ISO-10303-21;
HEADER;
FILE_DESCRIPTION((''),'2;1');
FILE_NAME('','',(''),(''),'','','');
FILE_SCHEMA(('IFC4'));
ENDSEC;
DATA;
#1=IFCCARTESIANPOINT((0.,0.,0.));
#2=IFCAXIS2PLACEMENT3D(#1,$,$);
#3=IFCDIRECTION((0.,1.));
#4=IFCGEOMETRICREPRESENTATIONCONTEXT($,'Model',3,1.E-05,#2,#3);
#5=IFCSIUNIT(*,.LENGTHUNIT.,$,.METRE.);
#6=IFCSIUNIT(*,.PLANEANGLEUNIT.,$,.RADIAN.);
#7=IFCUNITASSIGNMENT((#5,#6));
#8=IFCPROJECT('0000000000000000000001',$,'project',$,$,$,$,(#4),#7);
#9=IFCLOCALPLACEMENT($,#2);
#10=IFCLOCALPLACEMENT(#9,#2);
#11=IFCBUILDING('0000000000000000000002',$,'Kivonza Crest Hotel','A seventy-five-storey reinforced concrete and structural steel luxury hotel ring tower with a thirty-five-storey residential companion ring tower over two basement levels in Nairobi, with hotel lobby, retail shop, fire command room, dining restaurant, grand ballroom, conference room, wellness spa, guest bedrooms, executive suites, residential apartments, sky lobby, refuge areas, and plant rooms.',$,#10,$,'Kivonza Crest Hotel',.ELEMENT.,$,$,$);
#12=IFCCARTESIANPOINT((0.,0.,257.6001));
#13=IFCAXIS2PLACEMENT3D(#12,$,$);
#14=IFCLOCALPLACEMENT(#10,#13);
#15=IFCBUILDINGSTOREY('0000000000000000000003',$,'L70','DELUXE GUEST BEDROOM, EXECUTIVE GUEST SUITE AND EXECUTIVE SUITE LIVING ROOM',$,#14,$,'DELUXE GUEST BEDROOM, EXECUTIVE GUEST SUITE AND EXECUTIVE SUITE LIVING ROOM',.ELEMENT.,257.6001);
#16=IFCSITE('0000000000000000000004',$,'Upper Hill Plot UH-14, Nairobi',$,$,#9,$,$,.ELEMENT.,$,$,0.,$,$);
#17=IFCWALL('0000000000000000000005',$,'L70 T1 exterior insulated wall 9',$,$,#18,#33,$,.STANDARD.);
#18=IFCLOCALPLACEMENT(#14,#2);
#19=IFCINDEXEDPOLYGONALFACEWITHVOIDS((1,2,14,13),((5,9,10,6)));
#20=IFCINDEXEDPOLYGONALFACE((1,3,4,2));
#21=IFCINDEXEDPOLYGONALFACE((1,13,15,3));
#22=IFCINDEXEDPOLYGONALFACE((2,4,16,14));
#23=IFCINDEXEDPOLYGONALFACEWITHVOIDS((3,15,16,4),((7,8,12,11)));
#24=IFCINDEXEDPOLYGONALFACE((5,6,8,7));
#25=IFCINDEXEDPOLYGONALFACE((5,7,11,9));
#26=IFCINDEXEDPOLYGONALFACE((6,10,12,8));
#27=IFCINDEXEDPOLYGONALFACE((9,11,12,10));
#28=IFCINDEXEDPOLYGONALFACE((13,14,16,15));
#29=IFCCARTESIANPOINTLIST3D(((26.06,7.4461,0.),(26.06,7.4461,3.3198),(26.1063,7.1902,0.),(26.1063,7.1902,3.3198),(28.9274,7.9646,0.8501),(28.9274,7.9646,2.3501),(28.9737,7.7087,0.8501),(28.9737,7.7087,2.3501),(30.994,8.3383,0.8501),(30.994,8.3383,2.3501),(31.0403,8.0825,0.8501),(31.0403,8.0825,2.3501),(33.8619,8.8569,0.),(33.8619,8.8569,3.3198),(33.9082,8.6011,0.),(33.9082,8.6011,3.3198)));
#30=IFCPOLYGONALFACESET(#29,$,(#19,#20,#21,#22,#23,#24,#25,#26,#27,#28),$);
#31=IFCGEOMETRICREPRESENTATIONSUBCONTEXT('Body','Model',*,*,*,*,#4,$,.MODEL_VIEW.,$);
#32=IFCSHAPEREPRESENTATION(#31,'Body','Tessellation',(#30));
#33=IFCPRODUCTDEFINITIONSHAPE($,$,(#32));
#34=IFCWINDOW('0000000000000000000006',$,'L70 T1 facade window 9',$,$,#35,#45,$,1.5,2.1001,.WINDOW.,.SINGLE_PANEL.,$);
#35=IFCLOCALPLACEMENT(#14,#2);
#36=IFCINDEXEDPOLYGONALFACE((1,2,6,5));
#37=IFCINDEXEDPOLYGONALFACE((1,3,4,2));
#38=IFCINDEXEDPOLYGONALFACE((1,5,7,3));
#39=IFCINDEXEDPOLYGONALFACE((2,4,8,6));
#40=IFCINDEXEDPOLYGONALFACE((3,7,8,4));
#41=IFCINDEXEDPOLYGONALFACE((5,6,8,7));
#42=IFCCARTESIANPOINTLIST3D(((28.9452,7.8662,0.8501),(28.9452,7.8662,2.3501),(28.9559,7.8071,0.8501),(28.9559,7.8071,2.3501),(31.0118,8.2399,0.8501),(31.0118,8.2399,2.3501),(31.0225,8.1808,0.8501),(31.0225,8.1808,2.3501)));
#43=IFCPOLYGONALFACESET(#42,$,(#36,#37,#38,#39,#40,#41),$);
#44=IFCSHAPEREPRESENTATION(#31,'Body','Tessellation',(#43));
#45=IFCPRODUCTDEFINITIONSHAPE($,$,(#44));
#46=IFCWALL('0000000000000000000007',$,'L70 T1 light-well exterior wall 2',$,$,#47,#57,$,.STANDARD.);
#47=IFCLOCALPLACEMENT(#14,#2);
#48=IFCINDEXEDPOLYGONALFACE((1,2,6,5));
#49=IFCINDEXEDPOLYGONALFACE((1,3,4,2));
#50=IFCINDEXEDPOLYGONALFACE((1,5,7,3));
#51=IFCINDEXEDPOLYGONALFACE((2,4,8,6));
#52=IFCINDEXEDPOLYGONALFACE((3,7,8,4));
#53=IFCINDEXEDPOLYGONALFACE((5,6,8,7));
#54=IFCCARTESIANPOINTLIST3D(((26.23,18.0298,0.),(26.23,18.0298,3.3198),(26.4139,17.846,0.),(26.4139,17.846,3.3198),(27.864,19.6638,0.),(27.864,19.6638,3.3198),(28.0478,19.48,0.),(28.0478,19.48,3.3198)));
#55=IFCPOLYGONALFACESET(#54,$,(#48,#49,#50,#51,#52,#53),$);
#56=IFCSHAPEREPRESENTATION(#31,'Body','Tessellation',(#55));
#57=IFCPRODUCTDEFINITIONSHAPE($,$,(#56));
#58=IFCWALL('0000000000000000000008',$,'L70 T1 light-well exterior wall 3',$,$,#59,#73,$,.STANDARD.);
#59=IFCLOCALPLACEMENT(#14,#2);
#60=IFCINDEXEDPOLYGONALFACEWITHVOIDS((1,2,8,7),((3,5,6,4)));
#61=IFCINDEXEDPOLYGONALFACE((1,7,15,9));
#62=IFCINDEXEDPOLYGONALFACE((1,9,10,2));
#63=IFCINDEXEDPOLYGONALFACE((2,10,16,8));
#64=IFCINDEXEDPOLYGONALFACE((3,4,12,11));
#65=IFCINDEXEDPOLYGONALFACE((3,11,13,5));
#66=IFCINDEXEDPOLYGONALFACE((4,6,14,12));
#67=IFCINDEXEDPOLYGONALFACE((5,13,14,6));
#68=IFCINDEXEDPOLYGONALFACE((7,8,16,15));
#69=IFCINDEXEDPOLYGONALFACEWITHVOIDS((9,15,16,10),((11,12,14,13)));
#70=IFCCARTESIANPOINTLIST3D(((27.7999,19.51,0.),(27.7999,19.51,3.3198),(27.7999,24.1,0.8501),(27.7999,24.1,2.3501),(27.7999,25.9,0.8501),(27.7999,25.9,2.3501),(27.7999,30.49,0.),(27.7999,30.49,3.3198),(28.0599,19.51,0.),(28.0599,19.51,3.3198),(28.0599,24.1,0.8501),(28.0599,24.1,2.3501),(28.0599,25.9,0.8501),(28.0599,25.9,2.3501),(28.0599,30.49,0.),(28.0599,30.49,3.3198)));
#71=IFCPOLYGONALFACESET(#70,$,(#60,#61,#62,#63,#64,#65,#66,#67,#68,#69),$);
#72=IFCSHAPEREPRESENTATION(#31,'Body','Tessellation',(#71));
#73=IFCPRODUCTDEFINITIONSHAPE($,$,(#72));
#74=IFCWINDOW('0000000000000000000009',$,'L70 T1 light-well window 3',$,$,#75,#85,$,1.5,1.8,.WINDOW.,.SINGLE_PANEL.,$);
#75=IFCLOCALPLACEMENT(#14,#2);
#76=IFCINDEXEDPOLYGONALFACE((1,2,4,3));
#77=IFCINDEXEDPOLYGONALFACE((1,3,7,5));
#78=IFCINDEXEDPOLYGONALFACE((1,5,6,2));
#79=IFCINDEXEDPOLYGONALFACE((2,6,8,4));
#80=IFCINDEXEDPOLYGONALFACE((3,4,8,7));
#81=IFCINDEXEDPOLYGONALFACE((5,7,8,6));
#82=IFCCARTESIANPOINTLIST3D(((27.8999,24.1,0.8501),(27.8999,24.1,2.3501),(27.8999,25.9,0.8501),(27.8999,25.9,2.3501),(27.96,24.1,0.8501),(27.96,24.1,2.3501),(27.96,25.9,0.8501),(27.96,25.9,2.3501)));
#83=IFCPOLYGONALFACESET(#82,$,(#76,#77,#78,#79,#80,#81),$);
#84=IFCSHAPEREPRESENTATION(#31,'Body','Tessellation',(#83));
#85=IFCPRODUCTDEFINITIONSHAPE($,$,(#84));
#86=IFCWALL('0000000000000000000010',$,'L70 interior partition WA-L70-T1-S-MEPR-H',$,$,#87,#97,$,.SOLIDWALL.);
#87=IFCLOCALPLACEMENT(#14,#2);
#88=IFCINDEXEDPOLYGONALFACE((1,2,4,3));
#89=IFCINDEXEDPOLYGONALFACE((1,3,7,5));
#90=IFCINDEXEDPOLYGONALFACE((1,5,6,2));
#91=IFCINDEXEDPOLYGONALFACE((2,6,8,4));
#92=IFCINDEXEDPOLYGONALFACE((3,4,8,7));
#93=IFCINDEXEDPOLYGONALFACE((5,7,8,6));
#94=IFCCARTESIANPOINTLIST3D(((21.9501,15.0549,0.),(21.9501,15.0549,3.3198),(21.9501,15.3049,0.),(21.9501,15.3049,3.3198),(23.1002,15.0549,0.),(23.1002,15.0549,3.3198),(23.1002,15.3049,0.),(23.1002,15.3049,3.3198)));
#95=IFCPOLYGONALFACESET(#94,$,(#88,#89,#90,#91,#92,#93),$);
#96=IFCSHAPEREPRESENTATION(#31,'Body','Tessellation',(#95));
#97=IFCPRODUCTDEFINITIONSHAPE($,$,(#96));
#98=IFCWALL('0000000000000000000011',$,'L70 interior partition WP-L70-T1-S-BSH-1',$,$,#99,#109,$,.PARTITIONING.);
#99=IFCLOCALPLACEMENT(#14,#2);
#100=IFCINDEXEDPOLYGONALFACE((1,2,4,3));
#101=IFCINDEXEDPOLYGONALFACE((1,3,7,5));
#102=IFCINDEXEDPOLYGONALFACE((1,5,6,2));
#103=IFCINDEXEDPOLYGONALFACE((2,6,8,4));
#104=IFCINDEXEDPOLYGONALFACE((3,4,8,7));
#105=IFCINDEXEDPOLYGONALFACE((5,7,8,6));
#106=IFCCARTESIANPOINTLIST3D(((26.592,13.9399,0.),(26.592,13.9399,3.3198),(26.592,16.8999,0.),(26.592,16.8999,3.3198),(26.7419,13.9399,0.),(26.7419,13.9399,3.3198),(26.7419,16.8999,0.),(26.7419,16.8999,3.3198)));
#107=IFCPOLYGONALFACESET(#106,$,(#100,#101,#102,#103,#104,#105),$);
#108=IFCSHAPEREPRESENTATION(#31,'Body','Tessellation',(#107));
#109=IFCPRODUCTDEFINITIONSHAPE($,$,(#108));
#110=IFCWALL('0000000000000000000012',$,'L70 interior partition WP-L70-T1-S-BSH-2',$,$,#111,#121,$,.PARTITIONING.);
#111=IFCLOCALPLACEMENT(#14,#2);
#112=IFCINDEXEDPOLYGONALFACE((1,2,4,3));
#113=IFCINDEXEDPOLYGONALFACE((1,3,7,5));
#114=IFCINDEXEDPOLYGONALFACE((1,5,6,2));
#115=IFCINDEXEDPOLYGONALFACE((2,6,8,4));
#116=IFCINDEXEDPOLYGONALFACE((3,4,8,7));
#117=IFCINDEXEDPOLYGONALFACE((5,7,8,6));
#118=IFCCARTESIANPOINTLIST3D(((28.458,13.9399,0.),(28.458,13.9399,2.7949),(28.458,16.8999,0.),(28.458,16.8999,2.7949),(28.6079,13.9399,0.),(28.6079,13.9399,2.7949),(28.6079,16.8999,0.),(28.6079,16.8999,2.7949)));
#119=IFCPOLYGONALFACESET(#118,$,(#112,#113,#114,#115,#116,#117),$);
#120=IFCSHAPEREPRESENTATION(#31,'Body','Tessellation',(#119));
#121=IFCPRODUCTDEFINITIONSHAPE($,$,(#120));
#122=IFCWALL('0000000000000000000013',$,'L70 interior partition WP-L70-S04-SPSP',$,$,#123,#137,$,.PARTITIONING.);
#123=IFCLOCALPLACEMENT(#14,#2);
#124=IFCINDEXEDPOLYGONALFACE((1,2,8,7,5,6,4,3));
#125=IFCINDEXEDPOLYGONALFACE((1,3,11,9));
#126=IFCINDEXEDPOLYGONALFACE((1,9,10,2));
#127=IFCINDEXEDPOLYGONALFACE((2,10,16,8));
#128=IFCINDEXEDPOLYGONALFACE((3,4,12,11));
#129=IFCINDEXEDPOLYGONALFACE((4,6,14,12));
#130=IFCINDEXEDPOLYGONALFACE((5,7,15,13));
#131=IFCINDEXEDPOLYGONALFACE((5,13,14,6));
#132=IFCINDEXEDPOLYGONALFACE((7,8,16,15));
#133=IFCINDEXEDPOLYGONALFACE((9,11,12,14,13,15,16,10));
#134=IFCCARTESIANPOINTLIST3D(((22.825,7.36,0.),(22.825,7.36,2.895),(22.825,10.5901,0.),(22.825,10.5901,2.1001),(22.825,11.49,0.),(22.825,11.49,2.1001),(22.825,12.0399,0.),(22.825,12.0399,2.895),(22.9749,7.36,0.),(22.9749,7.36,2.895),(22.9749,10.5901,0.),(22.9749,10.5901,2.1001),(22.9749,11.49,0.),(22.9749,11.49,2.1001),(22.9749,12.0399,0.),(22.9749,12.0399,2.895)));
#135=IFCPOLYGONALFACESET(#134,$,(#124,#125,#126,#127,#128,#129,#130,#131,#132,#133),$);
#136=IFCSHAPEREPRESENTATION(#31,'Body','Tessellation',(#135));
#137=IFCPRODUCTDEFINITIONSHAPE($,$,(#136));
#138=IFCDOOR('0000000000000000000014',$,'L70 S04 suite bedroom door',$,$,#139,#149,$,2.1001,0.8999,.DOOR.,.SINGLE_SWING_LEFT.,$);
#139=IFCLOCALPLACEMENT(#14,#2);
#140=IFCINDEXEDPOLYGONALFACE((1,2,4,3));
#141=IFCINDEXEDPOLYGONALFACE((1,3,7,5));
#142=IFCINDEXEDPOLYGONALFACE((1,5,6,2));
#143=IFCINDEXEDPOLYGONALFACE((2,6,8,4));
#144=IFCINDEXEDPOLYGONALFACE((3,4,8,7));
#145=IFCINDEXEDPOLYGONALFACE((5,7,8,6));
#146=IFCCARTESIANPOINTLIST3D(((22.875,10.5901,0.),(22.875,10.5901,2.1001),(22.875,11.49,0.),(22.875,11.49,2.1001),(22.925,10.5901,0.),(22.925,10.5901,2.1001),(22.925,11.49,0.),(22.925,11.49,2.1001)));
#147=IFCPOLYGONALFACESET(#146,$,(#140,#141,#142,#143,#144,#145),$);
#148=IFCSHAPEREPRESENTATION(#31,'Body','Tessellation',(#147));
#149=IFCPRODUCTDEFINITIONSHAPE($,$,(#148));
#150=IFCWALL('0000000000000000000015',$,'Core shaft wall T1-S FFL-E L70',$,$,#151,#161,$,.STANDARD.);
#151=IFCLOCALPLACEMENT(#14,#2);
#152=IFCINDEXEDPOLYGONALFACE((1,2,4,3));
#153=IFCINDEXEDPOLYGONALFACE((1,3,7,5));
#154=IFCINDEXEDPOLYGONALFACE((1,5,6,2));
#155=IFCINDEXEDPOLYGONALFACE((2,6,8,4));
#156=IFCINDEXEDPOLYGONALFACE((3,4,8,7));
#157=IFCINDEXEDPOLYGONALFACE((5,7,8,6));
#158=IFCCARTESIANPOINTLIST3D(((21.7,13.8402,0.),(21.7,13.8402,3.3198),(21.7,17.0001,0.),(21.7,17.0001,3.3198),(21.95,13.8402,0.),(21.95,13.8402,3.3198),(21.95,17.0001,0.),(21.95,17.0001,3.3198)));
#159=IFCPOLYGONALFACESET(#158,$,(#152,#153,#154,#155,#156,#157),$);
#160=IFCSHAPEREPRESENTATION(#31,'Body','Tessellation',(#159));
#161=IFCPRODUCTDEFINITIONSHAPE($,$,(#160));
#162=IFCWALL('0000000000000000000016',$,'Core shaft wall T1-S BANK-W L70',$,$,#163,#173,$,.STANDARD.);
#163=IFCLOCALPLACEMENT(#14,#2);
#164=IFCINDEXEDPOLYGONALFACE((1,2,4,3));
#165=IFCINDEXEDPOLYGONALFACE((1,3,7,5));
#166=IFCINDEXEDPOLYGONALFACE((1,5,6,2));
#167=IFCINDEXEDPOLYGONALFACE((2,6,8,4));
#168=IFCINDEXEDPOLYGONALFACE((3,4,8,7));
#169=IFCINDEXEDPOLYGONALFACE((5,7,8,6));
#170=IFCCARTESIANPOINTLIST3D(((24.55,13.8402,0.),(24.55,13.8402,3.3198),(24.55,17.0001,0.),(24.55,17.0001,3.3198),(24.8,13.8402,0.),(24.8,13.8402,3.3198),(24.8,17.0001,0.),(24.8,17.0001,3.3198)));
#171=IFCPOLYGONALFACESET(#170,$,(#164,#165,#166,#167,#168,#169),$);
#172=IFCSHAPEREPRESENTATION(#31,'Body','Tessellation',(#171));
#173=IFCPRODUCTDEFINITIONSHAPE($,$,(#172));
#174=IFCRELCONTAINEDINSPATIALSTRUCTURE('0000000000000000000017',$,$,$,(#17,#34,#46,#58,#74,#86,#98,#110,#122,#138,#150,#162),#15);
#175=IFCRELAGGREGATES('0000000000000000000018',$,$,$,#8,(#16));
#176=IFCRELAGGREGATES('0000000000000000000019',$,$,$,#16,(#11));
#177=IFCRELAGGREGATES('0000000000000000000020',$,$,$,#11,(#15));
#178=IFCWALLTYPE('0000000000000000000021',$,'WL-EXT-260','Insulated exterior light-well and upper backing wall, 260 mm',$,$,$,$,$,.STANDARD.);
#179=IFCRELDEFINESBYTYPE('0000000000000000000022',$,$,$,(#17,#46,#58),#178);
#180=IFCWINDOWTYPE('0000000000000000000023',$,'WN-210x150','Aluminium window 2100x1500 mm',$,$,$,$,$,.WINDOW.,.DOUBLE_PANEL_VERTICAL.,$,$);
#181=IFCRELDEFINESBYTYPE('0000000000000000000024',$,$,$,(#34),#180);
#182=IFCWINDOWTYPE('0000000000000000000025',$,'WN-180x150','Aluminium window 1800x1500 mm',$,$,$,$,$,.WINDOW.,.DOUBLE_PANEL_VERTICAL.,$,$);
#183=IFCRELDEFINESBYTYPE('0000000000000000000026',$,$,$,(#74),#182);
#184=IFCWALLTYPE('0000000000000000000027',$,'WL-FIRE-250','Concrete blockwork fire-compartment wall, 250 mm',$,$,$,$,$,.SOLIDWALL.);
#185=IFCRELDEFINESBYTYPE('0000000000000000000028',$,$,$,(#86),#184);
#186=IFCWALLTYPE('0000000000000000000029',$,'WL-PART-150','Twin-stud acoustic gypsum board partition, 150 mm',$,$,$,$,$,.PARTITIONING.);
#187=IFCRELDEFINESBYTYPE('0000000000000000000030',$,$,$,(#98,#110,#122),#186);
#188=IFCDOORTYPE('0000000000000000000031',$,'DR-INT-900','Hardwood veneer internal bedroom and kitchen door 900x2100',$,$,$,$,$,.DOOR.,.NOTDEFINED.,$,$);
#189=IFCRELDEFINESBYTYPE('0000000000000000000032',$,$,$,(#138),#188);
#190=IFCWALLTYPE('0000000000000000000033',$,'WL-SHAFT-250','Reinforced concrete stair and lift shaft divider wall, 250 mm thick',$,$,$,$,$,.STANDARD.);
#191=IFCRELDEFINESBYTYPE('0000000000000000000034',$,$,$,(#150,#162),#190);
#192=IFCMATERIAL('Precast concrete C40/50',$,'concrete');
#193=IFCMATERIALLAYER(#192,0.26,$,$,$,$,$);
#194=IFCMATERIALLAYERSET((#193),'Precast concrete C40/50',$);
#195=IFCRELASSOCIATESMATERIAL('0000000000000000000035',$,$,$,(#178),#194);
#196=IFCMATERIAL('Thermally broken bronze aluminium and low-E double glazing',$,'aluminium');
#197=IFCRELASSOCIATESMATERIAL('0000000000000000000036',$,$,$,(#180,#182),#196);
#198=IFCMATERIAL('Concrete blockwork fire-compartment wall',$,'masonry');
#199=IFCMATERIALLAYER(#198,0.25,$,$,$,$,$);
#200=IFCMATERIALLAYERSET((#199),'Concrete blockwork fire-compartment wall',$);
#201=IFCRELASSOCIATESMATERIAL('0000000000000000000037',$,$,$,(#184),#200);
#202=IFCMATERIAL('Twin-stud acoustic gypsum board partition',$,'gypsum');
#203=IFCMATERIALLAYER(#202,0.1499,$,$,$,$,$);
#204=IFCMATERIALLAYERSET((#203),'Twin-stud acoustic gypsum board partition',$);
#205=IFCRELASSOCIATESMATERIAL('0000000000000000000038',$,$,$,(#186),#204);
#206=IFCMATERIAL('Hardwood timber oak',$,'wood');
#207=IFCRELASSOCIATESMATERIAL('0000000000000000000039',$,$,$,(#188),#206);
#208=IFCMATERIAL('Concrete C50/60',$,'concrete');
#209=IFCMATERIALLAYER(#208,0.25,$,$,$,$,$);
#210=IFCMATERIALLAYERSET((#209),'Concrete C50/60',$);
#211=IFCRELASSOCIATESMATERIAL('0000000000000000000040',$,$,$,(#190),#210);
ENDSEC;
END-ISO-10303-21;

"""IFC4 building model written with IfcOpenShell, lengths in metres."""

from ifc_helpers import new_model, si_unit, direction, frame, frame_2d, origin, place, context, subcontext, project, spatial, rectangle, extrude, material, layer, layer_set, type_object, element, fill, save


model = new_model("IFC4")

# Units and contexts
model_context = context("Model", 3, precision=1e-05, world=origin(), true_north=direction((0.0, 1.0)))
body_context = subcontext(model_context, "Body", "Model", "MODEL_VIEW")
ifc_project = project(units=[si_unit("LENGTHUNIT", "METRE"), si_unit("PLANEANGLEUNIT", "RADIAN")], contexts=[model_context])

# Site, building, storey
site_placement = place(None, origin())
site = spatial("IfcSite", under=ifc_project, at=site_placement, Name="Upper Hill Plot UH-14, Nairobi", CompositionType="ELEMENT", RefElevation=0.0)
building_placement = place(site_placement, origin())
building = spatial("IfcBuilding", under=site, at=building_placement, Name="Kivonza Crest Hotel", Description="A seventy-five-storey reinforced concrete and structural steel luxury hotel ring tower with a thirty-five-storey residential companion ring tower over two basement levels in Nairobi, with hotel lobby, retail shop, fire command room, dining restaurant, grand ballroom, conference room, wellness spa, guest bedrooms, executive suites, residential apartments, sky lobby, refuge areas, and plant rooms.", LongName="Kivonza Crest Hotel", CompositionType="ELEMENT")
storey_placement = place(building_placement, frame((0.0, 0.0, 257.6001)))
storey = spatial("IfcBuildingStorey", under=building, at=storey_placement, Name="L70", Description="DELUXE GUEST BEDROOM, EXECUTIVE GUEST SUITE AND EXECUTIVE SUITE LIVING ROOM", LongName="DELUXE GUEST BEDROOM, EXECUTIVE GUEST SUITE AND EXECUTIVE SUITE LIVING ROOM", CompositionType="ELEMENT", Elevation=257.6001)

# Shared definitions
ifc_material_1 = material(Name="Concrete C50/60", Category="concrete")

# Wall, opening, window
ifc_material_2 = material(Name="Precast concrete C40/50", Category="concrete")
ifc_layer_1 = layer(ifc_material_2, 0.26)
ifc_layer_set_1 = layer_set([ifc_layer_1], Name="Precast concrete C40/50")
wall_type_1 = type_object("IfcWallType", Name="WL-EXT-260", Description="Insulated exterior light-well and upper backing wall, 260 mm", PredefinedType="STANDARD", material=ifc_layer_set_1)
wall_1_placement = place(storey_placement, frame((26.083, 7.3181, 0.0), z_axis=(0.0, 0.0, 1.0), x_axis=(0.984039, 0.17795, 0.0)))
wall_1 = element("IfcWall", 1, at=wall_1_placement, inside=storey, type_object=wall_type_1, Name="L70 T1 exterior insulated wall 9", PredefinedType="STANDARD", context=body_context, shape_type="SweptSolid", body=[
    extrude(rectangle(XDim=7.9285, YDim=0.26, at=frame_2d((3.9644, 0.0))), origin(), (0.0, 0.0, 1.0), 3.3198),
])
opening_1_placement = place(wall_1_placement, frame((2.9141, 0.0, 0.8501)))
opening_1 = element("IfcOpeningElement", 2, at=opening_1_placement, cuts=wall_1, PredefinedType="OPENING", context=body_context, shape_type="SweptSolid", body=[
    extrude(rectangle(XDim=2.1001, YDim=1.5, at=frame_2d((1.05, 0.75))), frame((0.0, 0.1401, 0.0), z_axis=(0.0, -1.0, 0.0), x_axis=(1.0, 0.0, 0.0)), (0.0, 0.0, 1.0), 0.28),
])
ifc_material_3 = material(Name="Thermally broken bronze aluminium and low-E double glazing", Category="aluminium")
window_type_1 = type_object("IfcWindowType", Name="WN-210x150", Description="Aluminium window 2100x1500 mm", PartitioningType="DOUBLE_PANEL_VERTICAL", PredefinedType="WINDOW", material=ifc_material_3)
window_1_placement = place(opening_1_placement, origin())
window_1 = element("IfcWindow", 3, at=window_1_placement, inside=storey, type_object=window_type_1, Name="L70 T1 facade window 9", OverallHeight=1.5, OverallWidth=2.1001, PartitioningType="SINGLE_PANEL", PredefinedType="WINDOW", context=body_context, shape_type="SweptSolid", body=[
    extrude(rectangle(XDim=2.1001, YDim=1.5, at=frame_2d((1.05, 0.75))), frame((0.0, 0.03, 0.0), z_axis=(0.0, -1.0, 0.0), x_axis=(1.0, 0.0, 0.0)), (0.0, 0.0, 1.0), 0.0601),
])
fill(opening_1, window_1)

# Wall
wall_2_placement = place(storey_placement, frame((26.322, 17.938, 0.0), z_axis=(0.0, 0.0, 1.0), x_axis=(0.707107, 0.707107, 0.0)))
element("IfcWall", 4, at=wall_2_placement, inside=storey, type_object=wall_type_1, Name="L70 T1 light-well exterior wall 2", PredefinedType="STANDARD", context=body_context, shape_type="SweptSolid", body=[
    extrude(rectangle(XDim=2.3108, YDim=0.26, at=frame_2d((1.1553, 0.0))), origin(), (0.0, 0.0, 1.0), 3.3198),
])

# Wall, opening, window
wall_3_placement = place(storey_placement, frame((27.9299, 19.51, 0.0), z_axis=(0.0, 0.0, 1.0), x_axis=(0.0, 1.0, 0.0)))
wall_3 = element("IfcWall", 5, at=wall_3_placement, inside=storey, type_object=wall_type_1, Name="L70 T1 light-well exterior wall 3", PredefinedType="STANDARD", context=body_context, shape_type="SweptSolid", body=[
    extrude(rectangle(XDim=10.98, YDim=0.26, at=frame_2d((5.49, 0.0))), origin(), (0.0, 0.0, 1.0), 3.3198),
])
opening_2_placement = place(wall_3_placement, frame((4.5901, 0.0, 0.8501)))
opening_2 = element("IfcOpeningElement", 6, at=opening_2_placement, cuts=wall_3, PredefinedType="OPENING", context=body_context, shape_type="SweptSolid", body=[
    extrude(rectangle(XDim=1.8, YDim=1.5, at=frame_2d((0.8999, 0.75))), frame((0.0, 0.1401, 0.0), z_axis=(0.0, -1.0, 0.0), x_axis=(1.0, 0.0, 0.0)), (0.0, 0.0, 1.0), 0.28),
])
window_type_2 = type_object("IfcWindowType", Name="WN-180x150", Description="Aluminium window 1800x1500 mm", PartitioningType="DOUBLE_PANEL_VERTICAL", PredefinedType="WINDOW", material=ifc_material_3)
window_2_placement = place(opening_2_placement, origin())
window_2 = element("IfcWindow", 7, at=window_2_placement, inside=storey, type_object=window_type_2, Name="L70 T1 light-well window 3", OverallHeight=1.5, OverallWidth=1.8, PartitioningType="SINGLE_PANEL", PredefinedType="WINDOW", context=body_context, shape_type="SweptSolid", body=[
    extrude(rectangle(XDim=1.8, YDim=1.5, at=frame_2d((0.8999, 0.75))), frame((0.0, 0.03, 0.0), z_axis=(0.0, -1.0, 0.0), x_axis=(1.0, 0.0, 0.0)), (0.0, 0.0, 1.0), 0.0601),
])
fill(opening_2, window_2)

# Walls
ifc_material_4 = material(Name="Concrete blockwork fire-compartment wall", Category="masonry")
ifc_layer_2 = layer(ifc_material_4, 0.25)
ifc_layer_set_2 = layer_set([ifc_layer_2], Name="Concrete blockwork fire-compartment wall")
wall_type_2 = type_object("IfcWallType", Name="WL-FIRE-250", Description="Concrete blockwork fire-compartment wall, 250 mm", PredefinedType="SOLIDWALL", material=ifc_layer_set_2)
wall_4_placement = place(storey_placement, frame((21.95, 15.1799, 0.0), z_axis=(0.0, 0.0, 1.0), x_axis=(1.0, 0.0, 0.0)))
element("IfcWall", 8, at=wall_4_placement, inside=storey, type_object=wall_type_2, Name="L70 interior partition WA-L70-T1-S-MEPR-H", PredefinedType="SOLIDWALL", context=body_context, shape_type="SweptSolid", body=[
    extrude(rectangle(XDim=1.1501, YDim=0.25, at=frame_2d((0.5752, 0.0))), origin(), (0.0, 0.0, 1.0), 3.3198),
])
ifc_material_5 = material(Name="Twin-stud acoustic gypsum board partition", Category="gypsum")
ifc_layer_3 = layer(ifc_material_5, 0.1499)
ifc_layer_set_3 = layer_set([ifc_layer_3], Name="Twin-stud acoustic gypsum board partition")
wall_type_3 = type_object("IfcWallType", Name="WL-PART-150", Description="Twin-stud acoustic gypsum board partition, 150 mm", PredefinedType="PARTITIONING", material=ifc_layer_set_3)
wall_5_placement = place(storey_placement, frame((26.667, 13.9399, 0.0), z_axis=(0.0, 0.0, 1.0), x_axis=(0.0, 1.0, 0.0)))
element("IfcWall", 9, at=wall_5_placement, inside=storey, type_object=wall_type_3, Name="L70 interior partition WP-L70-T1-S-BSH-1", PredefinedType="PARTITIONING", context=body_context, shape_type="SweptSolid", body=[
    extrude(rectangle(XDim=2.96, YDim=0.1499, at=frame_2d((1.48, 0.0))), origin(), (0.0, 0.0, 1.0), 3.3198),
])
wall_6_placement = place(storey_placement, frame((28.533, 13.9399, 0.0), z_axis=(0.0, 0.0, 1.0), x_axis=(0.0, 1.0, 0.0)))
element("IfcWall", 10, at=wall_6_placement, inside=storey, type_object=wall_type_3, Name="L70 interior partition WP-L70-T1-S-BSH-2", PredefinedType="PARTITIONING", context=body_context, shape_type="SweptSolid", body=[
    extrude(rectangle(XDim=2.96, YDim=0.1499, at=frame_2d((1.48, 0.0))), origin(), (0.0, 0.0, 1.0), 2.7949),
])

# Wall, opening, door
wall_7_placement = place(storey_placement, frame((22.8999, 7.3601, 0.0), z_axis=(0.0, 0.0, 1.0), x_axis=(0.0, 1.0, 0.0)))
wall_7 = element("IfcWall", 11, at=wall_7_placement, inside=storey, type_object=wall_type_3, Name="L70 interior partition WP-L70-S04-SPSP", PredefinedType="PARTITIONING", context=body_context, shape_type="SweptSolid", body=[
    extrude(rectangle(XDim=4.6799, YDim=0.1499, at=frame_2d((2.3398, 0.0))), origin(), (0.0, 0.0, 1.0), 2.895),
])
opening_3_placement = place(wall_7_placement, frame((3.23, 0.0, 0.0)))
opening_3 = element("IfcOpeningElement", 12, at=opening_3_placement, cuts=wall_7, PredefinedType="OPENING", context=body_context, shape_type="SweptSolid", body=[
    extrude(rectangle(XDim=0.8999, YDim=2.1001, at=frame_2d((0.45, 1.05))), frame((0.0, 0.085, 0.0), z_axis=(0.0, -1.0, 0.0), x_axis=(1.0, 0.0, 0.0)), (0.0, 0.0, 1.0), 0.1699),
])
ifc_material_6 = material(Name="Hardwood timber oak", Category="wood")
door_type_1 = type_object("IfcDoorType", Name="DR-INT-900", Description="Hardwood veneer internal bedroom and kitchen door 900x2100", OperationType="NOTDEFINED", PredefinedType="DOOR", material=ifc_material_6)
door_1_placement = place(opening_3_placement, origin())
door_1 = element("IfcDoor", 13, at=door_1_placement, inside=storey, type_object=door_type_1, Name="L70 S04 suite bedroom door", OperationType="SINGLE_SWING_LEFT", OverallHeight=2.1001, OverallWidth=0.8999, PredefinedType="DOOR", context=body_context, shape_type="SweptSolid", body=[
    extrude(rectangle(XDim=0.8999, YDim=2.1001, at=frame_2d((0.45, 1.05))), frame((0.0, 0.0249, 0.0), z_axis=(0.0, -1.0, 0.0), x_axis=(1.0, 0.0, 0.0)), (0.0, 0.0, 1.0), 0.05),
])
fill(opening_3, door_1)
ifc_layer_4 = layer(ifc_material_1, 0.25)
ifc_layer_set_4 = layer_set([ifc_layer_4], Name="Concrete C50/60")
wall_type_4 = type_object("IfcWallType", Name="WL-SHAFT-250", Description="Reinforced concrete stair and lift shaft divider wall, 250 mm thick", PredefinedType="STANDARD", material=ifc_layer_set_4)

# Walls
for number, where, z_axis, x_axis, name in (
    (14, (21.825, 13.8401, 0.0), (0.0, 0.0, 1.0), (0.0, 1.0, 0.0), "Core shaft wall T1-S FFL-E L70"),
    (15, (24.675, 13.8401, 0.0), (0.0, 0.0, 1.0), (0.0, 1.0, 0.0), "Core shaft wall T1-S BANK-W L70"),
):
    element("IfcWall", number, at=place(storey_placement, frame(where, z_axis=z_axis, x_axis=x_axis)), inside=storey, type_object=wall_type_4, Name=name, PredefinedType="STANDARD", context=body_context, shape_type="SweptSolid", body=[
        extrude(rectangle(XDim=3.1599, YDim=0.25, at=frame_2d((1.5801, 0.0))), origin(), (0.0, 0.0, 1.0), 3.3198),
    ])

save(model, "model.ifc")
